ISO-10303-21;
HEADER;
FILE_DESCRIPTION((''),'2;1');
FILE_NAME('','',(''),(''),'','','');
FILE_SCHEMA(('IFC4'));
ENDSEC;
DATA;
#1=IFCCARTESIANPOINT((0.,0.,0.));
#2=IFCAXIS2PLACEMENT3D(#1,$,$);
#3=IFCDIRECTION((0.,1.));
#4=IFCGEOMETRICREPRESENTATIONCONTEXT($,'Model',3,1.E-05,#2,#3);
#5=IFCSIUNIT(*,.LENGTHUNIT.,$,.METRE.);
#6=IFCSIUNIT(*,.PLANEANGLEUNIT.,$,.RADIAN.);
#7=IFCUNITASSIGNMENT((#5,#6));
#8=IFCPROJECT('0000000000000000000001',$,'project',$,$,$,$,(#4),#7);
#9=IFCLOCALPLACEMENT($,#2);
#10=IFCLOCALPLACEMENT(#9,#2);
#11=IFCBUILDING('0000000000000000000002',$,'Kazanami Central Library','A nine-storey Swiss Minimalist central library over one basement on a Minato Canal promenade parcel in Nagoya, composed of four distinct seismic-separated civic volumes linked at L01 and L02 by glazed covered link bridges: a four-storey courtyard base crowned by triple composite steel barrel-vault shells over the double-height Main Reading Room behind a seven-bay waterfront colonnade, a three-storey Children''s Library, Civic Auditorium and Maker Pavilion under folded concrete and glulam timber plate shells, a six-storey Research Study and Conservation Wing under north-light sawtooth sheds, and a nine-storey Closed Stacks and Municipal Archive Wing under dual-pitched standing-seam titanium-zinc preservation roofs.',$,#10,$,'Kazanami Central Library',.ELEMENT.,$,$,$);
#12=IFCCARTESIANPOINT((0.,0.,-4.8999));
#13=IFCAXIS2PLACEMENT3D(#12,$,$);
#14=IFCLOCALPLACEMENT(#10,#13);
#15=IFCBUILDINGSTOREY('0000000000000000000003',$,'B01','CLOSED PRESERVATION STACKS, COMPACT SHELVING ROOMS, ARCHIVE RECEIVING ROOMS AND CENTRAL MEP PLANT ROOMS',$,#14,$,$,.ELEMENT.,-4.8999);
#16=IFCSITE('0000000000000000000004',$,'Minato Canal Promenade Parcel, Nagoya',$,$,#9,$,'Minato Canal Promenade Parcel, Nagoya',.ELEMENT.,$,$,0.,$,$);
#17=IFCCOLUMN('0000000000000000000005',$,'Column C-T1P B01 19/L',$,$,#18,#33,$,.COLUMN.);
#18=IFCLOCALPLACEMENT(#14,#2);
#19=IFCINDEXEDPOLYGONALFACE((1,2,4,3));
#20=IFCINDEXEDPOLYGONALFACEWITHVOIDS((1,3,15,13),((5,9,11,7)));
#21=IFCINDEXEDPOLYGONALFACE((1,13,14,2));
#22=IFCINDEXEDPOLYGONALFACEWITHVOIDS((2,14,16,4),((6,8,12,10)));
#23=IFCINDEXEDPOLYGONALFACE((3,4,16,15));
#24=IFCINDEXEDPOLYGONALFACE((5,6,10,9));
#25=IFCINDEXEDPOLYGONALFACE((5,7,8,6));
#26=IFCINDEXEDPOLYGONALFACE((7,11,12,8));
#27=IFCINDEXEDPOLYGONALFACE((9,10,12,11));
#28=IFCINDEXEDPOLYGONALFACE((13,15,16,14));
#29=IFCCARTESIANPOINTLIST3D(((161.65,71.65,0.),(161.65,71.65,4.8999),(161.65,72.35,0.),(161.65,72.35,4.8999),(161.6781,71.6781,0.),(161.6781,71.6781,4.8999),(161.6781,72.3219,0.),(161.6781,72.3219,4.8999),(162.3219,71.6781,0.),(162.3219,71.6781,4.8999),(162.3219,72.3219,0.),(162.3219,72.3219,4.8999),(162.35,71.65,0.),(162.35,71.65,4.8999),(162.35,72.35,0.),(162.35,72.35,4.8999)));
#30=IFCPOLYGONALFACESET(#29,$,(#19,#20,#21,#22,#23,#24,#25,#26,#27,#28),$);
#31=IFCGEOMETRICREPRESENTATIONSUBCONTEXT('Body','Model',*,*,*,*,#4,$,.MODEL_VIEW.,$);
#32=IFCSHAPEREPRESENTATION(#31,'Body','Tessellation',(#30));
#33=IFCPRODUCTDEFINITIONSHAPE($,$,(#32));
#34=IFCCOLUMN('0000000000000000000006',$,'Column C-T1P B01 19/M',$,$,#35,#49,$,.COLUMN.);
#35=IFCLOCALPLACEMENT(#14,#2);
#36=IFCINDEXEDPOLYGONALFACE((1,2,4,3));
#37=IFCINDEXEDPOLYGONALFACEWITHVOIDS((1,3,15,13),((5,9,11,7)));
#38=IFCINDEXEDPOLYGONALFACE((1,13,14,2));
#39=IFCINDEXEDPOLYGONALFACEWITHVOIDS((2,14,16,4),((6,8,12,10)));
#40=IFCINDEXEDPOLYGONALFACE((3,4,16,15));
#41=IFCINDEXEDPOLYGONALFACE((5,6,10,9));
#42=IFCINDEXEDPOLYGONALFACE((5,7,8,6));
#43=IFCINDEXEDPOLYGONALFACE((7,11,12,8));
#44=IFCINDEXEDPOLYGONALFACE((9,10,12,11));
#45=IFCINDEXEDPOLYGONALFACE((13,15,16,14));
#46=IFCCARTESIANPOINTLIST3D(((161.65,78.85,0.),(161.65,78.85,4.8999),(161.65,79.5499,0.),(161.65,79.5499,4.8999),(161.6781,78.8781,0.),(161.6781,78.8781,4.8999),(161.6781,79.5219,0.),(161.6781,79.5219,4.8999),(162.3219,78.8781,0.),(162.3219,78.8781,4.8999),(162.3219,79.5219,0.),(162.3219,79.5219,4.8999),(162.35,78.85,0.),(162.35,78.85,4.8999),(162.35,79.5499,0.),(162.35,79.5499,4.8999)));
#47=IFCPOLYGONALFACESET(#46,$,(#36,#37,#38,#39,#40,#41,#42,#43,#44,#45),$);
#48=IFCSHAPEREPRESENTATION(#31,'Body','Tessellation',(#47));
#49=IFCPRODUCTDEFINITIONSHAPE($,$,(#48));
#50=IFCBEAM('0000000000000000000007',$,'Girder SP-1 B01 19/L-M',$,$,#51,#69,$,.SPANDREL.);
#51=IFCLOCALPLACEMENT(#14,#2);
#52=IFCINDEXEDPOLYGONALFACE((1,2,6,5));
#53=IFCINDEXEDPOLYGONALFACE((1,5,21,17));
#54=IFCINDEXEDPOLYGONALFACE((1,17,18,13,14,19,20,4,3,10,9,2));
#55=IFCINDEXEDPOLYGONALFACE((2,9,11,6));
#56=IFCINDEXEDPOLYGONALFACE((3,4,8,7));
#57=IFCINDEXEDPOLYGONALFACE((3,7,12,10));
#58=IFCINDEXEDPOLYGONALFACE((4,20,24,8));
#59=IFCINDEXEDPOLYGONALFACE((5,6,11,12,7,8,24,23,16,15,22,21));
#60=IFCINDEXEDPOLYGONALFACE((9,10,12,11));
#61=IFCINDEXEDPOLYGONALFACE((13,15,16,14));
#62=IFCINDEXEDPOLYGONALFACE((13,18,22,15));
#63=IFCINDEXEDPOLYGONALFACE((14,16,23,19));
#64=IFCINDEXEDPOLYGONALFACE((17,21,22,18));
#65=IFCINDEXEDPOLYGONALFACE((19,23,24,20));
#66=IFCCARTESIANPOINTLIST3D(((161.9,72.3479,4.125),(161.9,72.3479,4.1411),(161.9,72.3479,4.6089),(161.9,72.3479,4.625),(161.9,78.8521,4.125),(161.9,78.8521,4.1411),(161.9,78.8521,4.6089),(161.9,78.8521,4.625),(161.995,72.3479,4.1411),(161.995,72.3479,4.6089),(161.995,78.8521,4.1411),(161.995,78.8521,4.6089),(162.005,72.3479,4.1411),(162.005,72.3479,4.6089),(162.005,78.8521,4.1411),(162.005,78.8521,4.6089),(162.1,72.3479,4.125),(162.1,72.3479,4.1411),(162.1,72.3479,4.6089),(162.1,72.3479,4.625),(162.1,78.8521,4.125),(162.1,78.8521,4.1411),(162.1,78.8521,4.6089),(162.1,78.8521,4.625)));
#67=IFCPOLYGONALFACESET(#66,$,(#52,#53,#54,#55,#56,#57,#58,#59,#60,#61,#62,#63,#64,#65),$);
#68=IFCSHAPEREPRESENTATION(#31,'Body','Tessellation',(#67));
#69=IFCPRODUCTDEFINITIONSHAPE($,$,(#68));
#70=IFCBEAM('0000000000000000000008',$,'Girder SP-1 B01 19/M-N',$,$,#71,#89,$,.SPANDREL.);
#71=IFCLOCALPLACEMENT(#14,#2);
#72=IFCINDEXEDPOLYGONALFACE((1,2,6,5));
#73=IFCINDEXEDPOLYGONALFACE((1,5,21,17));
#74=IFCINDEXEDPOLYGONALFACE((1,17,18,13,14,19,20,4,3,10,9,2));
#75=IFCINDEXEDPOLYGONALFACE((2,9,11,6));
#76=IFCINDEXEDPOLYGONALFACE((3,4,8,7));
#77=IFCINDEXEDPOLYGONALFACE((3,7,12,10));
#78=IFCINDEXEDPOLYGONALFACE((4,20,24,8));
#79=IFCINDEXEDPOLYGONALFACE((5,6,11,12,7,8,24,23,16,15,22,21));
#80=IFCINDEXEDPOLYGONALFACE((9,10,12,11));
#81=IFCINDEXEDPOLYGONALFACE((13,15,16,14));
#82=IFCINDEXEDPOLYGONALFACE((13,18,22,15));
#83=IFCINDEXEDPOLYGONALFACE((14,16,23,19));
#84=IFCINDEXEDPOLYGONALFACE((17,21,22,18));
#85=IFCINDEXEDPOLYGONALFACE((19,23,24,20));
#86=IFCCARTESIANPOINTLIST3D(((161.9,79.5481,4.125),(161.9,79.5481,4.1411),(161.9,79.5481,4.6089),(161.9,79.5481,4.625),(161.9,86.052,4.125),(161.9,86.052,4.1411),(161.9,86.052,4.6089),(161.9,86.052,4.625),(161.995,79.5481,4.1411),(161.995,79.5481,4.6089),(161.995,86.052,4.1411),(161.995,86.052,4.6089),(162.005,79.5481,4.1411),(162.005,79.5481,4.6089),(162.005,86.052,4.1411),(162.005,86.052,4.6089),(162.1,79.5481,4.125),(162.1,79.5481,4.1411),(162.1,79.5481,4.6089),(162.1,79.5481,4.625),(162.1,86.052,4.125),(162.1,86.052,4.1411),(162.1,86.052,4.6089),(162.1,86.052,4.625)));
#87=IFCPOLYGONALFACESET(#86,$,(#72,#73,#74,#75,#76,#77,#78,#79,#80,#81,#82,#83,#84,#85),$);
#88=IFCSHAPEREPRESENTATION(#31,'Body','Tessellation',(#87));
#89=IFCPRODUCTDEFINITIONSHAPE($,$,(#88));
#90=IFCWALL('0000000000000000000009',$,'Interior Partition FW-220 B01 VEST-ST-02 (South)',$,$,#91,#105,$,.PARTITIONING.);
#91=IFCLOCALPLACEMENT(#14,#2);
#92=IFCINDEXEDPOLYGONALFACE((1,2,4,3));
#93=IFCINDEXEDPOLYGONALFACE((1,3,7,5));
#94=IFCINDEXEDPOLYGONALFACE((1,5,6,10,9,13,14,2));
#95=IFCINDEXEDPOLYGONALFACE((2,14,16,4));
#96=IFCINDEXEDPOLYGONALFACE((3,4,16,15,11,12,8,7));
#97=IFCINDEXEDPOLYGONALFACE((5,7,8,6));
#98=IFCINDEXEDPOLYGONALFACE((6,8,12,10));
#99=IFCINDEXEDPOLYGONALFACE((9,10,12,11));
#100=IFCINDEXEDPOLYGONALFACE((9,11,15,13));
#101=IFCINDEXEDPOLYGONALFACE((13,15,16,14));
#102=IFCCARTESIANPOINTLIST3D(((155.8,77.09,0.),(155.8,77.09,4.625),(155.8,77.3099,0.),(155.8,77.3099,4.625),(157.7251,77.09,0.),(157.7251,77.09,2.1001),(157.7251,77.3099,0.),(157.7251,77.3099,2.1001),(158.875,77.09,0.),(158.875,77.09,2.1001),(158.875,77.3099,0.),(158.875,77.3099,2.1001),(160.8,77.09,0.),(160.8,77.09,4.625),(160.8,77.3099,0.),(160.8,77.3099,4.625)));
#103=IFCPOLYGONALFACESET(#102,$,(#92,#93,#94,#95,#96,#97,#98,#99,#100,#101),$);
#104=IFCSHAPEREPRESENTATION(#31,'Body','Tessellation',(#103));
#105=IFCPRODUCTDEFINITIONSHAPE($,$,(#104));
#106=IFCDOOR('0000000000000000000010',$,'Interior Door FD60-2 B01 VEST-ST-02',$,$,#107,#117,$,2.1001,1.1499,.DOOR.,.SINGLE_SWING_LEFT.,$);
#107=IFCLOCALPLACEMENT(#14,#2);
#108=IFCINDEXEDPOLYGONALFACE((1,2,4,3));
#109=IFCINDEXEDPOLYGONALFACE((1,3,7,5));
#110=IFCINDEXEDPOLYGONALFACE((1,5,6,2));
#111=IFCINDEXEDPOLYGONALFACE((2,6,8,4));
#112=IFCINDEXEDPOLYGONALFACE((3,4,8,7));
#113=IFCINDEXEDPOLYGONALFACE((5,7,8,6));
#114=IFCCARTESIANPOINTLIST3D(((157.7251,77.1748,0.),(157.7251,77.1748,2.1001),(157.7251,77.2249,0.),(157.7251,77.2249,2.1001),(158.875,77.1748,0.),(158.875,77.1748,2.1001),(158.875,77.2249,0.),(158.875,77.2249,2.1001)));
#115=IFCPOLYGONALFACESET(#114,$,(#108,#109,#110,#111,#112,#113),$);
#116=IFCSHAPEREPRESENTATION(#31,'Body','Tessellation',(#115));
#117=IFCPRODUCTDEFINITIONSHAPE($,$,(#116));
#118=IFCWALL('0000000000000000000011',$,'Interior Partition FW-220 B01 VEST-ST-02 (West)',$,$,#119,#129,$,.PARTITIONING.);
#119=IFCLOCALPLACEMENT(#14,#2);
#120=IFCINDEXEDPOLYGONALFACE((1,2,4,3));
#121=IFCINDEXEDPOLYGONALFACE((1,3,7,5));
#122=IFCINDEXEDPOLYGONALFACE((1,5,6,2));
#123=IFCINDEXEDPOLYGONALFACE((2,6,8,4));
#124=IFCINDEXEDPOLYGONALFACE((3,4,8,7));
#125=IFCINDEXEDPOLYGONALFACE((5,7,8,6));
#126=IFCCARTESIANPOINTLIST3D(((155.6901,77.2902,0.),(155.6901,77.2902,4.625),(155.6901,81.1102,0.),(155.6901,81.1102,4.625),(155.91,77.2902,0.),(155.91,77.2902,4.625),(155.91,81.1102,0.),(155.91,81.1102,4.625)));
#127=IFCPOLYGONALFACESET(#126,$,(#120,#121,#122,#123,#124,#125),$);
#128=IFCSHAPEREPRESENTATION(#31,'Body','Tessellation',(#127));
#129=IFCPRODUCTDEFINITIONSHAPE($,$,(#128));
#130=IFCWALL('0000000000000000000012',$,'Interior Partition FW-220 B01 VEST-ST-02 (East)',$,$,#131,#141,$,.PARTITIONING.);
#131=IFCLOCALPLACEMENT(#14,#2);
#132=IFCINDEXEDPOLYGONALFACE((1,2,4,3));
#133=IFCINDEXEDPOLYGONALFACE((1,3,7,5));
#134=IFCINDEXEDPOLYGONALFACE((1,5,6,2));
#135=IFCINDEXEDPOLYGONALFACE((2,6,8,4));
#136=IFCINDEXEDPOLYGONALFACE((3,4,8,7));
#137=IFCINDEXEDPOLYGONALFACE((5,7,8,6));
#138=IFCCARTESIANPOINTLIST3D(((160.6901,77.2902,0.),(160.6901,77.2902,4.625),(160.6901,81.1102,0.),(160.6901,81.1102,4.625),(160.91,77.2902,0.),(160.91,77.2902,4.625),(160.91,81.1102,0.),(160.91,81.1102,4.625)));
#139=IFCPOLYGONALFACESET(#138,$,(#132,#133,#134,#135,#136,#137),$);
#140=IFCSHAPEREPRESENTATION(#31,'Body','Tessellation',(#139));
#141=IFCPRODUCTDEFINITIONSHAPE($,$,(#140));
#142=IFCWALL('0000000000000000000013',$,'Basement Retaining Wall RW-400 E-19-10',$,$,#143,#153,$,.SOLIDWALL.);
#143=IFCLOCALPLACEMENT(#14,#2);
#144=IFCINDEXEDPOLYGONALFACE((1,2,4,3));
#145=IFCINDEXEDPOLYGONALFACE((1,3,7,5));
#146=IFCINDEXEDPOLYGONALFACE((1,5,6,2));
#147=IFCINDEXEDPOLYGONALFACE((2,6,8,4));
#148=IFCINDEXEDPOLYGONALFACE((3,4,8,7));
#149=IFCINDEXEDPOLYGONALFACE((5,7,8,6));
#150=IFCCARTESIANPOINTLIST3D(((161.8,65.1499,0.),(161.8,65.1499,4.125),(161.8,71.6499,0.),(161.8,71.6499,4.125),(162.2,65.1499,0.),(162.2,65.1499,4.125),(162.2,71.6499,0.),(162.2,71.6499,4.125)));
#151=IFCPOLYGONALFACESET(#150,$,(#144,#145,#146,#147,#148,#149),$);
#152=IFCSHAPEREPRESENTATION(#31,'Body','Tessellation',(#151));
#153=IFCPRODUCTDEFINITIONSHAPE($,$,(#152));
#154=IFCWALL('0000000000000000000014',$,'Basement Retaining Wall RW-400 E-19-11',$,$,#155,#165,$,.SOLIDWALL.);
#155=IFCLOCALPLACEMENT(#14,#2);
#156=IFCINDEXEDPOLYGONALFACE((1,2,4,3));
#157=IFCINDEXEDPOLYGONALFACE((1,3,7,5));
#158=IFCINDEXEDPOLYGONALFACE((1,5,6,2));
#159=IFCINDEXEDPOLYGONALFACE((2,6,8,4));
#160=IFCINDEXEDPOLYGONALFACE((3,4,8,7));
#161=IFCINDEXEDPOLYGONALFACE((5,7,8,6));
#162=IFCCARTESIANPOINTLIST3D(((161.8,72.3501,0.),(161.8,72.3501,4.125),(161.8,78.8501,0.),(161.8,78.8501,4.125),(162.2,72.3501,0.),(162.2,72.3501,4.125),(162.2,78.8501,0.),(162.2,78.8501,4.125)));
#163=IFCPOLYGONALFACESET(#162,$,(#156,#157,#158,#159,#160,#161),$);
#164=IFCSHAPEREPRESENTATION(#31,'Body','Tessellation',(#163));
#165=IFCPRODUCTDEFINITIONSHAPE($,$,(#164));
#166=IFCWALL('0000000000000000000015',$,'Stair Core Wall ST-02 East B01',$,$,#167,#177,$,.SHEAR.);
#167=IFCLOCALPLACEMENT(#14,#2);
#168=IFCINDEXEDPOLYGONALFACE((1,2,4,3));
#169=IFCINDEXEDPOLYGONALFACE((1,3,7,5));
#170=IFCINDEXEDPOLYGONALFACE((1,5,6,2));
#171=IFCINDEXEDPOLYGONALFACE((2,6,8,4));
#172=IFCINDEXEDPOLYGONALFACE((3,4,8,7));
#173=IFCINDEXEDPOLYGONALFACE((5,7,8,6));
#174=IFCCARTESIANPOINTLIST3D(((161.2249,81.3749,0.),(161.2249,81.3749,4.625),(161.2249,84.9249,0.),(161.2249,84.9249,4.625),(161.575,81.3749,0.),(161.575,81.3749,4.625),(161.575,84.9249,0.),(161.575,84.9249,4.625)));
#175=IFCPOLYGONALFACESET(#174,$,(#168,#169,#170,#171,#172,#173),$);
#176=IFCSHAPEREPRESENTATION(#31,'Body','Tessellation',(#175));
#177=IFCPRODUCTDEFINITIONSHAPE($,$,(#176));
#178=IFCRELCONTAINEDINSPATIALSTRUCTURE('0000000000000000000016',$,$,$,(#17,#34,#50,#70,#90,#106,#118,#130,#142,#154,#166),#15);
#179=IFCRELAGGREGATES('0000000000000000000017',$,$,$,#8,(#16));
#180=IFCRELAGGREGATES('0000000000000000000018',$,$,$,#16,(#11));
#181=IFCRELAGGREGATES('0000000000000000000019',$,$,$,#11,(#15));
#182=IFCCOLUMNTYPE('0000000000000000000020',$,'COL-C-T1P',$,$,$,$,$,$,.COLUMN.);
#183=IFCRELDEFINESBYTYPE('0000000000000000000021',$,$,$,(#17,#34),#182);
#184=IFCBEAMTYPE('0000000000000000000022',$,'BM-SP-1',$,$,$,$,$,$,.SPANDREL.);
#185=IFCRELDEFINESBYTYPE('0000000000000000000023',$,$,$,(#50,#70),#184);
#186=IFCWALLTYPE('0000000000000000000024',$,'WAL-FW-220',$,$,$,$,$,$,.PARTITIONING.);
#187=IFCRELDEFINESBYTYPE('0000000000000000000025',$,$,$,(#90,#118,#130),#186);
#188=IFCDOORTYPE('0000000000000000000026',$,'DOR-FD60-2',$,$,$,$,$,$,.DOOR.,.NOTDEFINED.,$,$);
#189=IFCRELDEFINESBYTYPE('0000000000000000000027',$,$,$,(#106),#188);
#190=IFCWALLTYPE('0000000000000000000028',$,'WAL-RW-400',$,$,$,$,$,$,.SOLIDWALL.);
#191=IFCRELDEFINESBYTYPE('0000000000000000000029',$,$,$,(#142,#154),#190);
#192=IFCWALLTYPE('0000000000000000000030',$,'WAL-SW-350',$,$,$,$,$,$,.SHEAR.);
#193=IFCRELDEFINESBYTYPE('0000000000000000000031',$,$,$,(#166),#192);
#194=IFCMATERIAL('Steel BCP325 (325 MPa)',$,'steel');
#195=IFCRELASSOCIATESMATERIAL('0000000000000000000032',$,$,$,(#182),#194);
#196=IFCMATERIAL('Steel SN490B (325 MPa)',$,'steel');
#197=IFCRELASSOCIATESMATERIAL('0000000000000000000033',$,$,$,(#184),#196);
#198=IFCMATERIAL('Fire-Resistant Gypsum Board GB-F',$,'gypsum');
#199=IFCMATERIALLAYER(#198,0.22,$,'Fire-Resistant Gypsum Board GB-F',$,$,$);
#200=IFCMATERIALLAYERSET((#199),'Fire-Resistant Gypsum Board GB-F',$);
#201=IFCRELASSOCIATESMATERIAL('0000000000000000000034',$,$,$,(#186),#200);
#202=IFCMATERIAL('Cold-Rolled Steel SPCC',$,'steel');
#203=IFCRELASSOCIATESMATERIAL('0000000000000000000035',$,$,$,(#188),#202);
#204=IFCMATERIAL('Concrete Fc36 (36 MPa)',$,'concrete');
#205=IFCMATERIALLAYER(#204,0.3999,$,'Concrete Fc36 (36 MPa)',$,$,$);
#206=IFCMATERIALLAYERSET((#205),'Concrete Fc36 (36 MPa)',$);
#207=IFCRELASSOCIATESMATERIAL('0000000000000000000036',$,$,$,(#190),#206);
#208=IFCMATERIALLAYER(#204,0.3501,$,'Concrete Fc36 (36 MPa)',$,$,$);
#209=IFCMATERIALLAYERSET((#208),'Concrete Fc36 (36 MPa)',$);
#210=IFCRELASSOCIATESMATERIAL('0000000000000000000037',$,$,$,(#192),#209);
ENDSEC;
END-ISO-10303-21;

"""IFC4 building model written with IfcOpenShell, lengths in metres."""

from ifc_helpers import new_model, si_unit, direction, frame, frame_2d, origin, origin_2d, place, context, subcontext, project, spatial, rectangle, hollow_rectangle, i_section, extrude, material, layer, layer_set, material_profile, profile_set, type_object, element, fill, save


model = new_model("IFC4")

# Units and contexts
model_context = context("Model", 3, precision=1e-05, world=origin(), true_north=direction((0.0, 1.0)))
body_context = subcontext(model_context, "Body", "Model", "MODEL_VIEW")
ifc_project = project(units=[si_unit("LENGTHUNIT", "METRE"), si_unit("PLANEANGLEUNIT", "RADIAN")], contexts=[model_context])

# Site, building, storey
site_placement = place(None, origin())
site = spatial("IfcSite", under=ifc_project, at=site_placement, Name="Minato Canal Promenade Parcel, Nagoya", LongName="Minato Canal Promenade Parcel, Nagoya", CompositionType="ELEMENT", RefElevation=0.0)
building_placement = place(site_placement, origin())
building = spatial("IfcBuilding", under=site, at=building_placement, Name="Kazanami Central Library", Description="A nine-storey Swiss Minimalist central library over one basement on a Minato Canal promenade parcel in Nagoya, composed of four distinct seismic-separated civic volumes linked at L01 and L02 by glazed covered link bridges: a four-storey courtyard base crowned by triple composite steel barrel-vault shells over the double-height Main Reading Room behind a seven-bay waterfront colonnade, a three-storey Children's Library, Civic Auditorium and Maker Pavilion under folded concrete and glulam timber plate shells, a six-storey Research Study and Conservation Wing under north-light sawtooth sheds, and a nine-storey Closed Stacks and Municipal Archive Wing under dual-pitched standing-seam titanium-zinc preservation roofs.", LongName="Kazanami Central Library", CompositionType="ELEMENT")
storey_placement = place(building_placement, frame((0.0, 0.0, -4.8999)))
storey = spatial("IfcBuildingStorey", under=building, at=storey_placement, Name="B01", Description="CLOSED PRESERVATION STACKS, COMPACT SHELVING ROOMS, ARCHIVE RECEIVING ROOMS AND CENTRAL MEP PLANT ROOMS", CompositionType="ELEMENT", Elevation=-4.8999)

# Shared definitions
ifc_material_1 = material(Name="Concrete Fc36 (36 MPa)", Category="concrete")

# Columns
ifc_material_2 = material(Name="Steel BCP325 (325 MPa)", Category="steel")
ifc_material_profile_1 = material_profile(ifc_material_2, hollow_rectangle(XDim=0.7, YDim=0.7, WallThickness=0.0281, at=origin_2d()), Name="BCP-700x700x28")
ifc_profile_set_1 = profile_set([ifc_material_profile_1], Name="Steel BCP325 (325 MPa)")
column_type = type_object("IfcColumnType", Name="COL-C-T1P", PredefinedType="COLUMN", material=ifc_profile_set_1)
for number, where, z_axis, x_axis, name in (
    (1, (162.0, 72.0, 0.0), (0.0, 0.0, 1.0), (1.0, 0.0, 0.0), "Column C-T1P B01 19/L"),
    (2, (162.0, 79.2, 0.0), (0.0, 0.0, 1.0), (1.0, 0.0, 0.0), "Column C-T1P B01 19/M"),
):
    element("IfcColumn", number, at=place(storey_placement, frame(where, z_axis=z_axis, x_axis=x_axis)), inside=storey, type_object=column_type, Name=name, PredefinedType="COLUMN", context=body_context, shape_type="SweptSolid", body=[
        extrude(hollow_rectangle(XDim=0.7, YDim=0.7, WallThickness=0.0281, at=origin_2d()), origin(), (0.0, 0.0, 1.0), 4.8999),
    ])

# Beams
ifc_material_3 = material(Name="Steel SN490B (325 MPa)", Category="steel")
ifc_material_profile_2 = material_profile(ifc_material_3, i_section(OverallWidth=0.2, OverallDepth=0.5, WebThickness=0.01, FlangeThickness=0.0161, at=origin_2d()), Name="H-500x200x10x16")
ifc_profile_set_2 = profile_set([ifc_material_profile_2], Name="Steel SN490B (325 MPa)")
beam_type = type_object("IfcBeamType", Name="BM-SP-1", PredefinedType="SPANDREL", material=ifc_profile_set_2)
beam_1_placement = place(storey_placement, frame((162.0, 72.3479, 4.375), z_axis=(0.0, 1.0, 0.0), x_axis=(-1.0, 0.0, 0.0)))
element("IfcBeam", 3, at=beam_1_placement, inside=storey, type_object=beam_type, Name="Girder SP-1 B01 19/L-M", PredefinedType="SPANDREL", context=body_context, shape_type="SweptSolid", body=[
    extrude(i_section(OverallWidth=0.2, OverallDepth=0.5, WebThickness=0.01, FlangeThickness=0.0161, at=origin_2d()), origin(), (0.0, 0.0, 1.0), 6.5042),
])
beam_2_placement = place(storey_placement, frame((162.0, 79.5481, 4.375), z_axis=(0.0, 1.0, 0.0), x_axis=(-1.0, 0.0, 0.0)))
element("IfcBeam", 4, at=beam_2_placement, inside=storey, type_object=beam_type, Name="Girder SP-1 B01 19/M-N", PredefinedType="SPANDREL", context=body_context, shape_type="SweptSolid", body=[
    extrude(i_section(OverallWidth=0.2, OverallDepth=0.5, WebThickness=0.01, FlangeThickness=0.0161, at=origin_2d()), origin(), (0.0, 0.0, 1.0), 6.5039),
])

# Wall, opening, door
ifc_material_4 = material(Name="Fire-Resistant Gypsum Board GB-F", Category="gypsum")
ifc_layer_1 = layer(ifc_material_4, 0.22, Name="Fire-Resistant Gypsum Board GB-F")
ifc_layer_set_1 = layer_set([ifc_layer_1], Name="Fire-Resistant Gypsum Board GB-F")
wall_type_1 = type_object("IfcWallType", Name="WAL-FW-220", PredefinedType="PARTITIONING", material=ifc_layer_set_1)
wall_1_placement = place(storey_placement, frame((155.8, 77.2, 0.0), z_axis=(0.0, 0.0, 1.0), x_axis=(1.0, 0.0, 0.0)))
wall_1 = element("IfcWall", 5, at=wall_1_placement, inside=storey, type_object=wall_type_1, Name="Interior Partition FW-220 B01 VEST-ST-02 (South)", PredefinedType="PARTITIONING", context=body_context, shape_type="SweptSolid", body=[
    extrude(rectangle(XDim=5.0, YDim=0.22, at=frame_2d((2.5, 0.0))), origin(), (0.0, 0.0, 1.0), 4.625),
])
opening_placement = place(wall_1_placement, frame((1.925, 0.0, 0.0)))
opening = element("IfcOpeningElement", 6, at=opening_placement, cuts=wall_1, PredefinedType="OPENING", context=body_context, shape_type="SweptSolid", body=[
    extrude(rectangle(XDim=1.1499, YDim=2.1001, at=frame_2d((0.575, 1.05))), frame((0.0, 0.1221, 0.0), z_axis=(0.0, -1.0, 0.0), x_axis=(1.0, 0.0, 0.0)), (0.0, 0.0, 1.0), 0.2439),
])
ifc_material_5 = material(Name="Cold-Rolled Steel SPCC", Category="steel")
door_type = type_object("IfcDoorType", Name="DOR-FD60-2", OperationType="NOTDEFINED", PredefinedType="DOOR", material=ifc_material_5)
door_placement = place(opening_placement, origin())
door = element("IfcDoor", 7, at=door_placement, inside=storey, type_object=door_type, Name="Interior Door FD60-2 B01 VEST-ST-02", OperationType="SINGLE_SWING_LEFT", OverallHeight=2.1001, OverallWidth=1.1499, PredefinedType="DOOR", context=body_context, shape_type="SweptSolid", body=[
    extrude(rectangle(XDim=1.1499, YDim=2.1001, at=frame_2d((0.575, 1.05))), frame((0.0, 0.0249, 0.0), z_axis=(0.0, -1.0, 0.0), x_axis=(1.0, 0.0, 0.0)), (0.0, 0.0, 1.0), 0.05),
])
fill(opening, door)

# Walls
for number, where, z_axis, x_axis, name in (
    (8, (155.8, 77.29, 0.0), (0.0, 0.0, 1.0), (0.0, 1.0, 0.0), "Interior Partition FW-220 B01 VEST-ST-02 (West)"),
    (9, (160.8, 77.29, 0.0), (0.0, 0.0, 1.0), (0.0, 1.0, 0.0), "Interior Partition FW-220 B01 VEST-ST-02 (East)"),
):
    element("IfcWall", number, at=place(storey_placement, frame(where, z_axis=z_axis, x_axis=x_axis)), inside=storey, type_object=wall_type_1, Name=name, PredefinedType="PARTITIONING", context=body_context, shape_type="SweptSolid", body=[
        extrude(rectangle(XDim=3.8201, YDim=0.22, at=frame_2d((1.9102, 0.0))), origin(), (0.0, 0.0, 1.0), 4.625),
    ])
ifc_layer_2 = layer(ifc_material_1, 0.3999, Name="Concrete Fc36 (36 MPa)")
ifc_layer_set_2 = layer_set([ifc_layer_2], Name="Concrete Fc36 (36 MPa)")
wall_type_2 = type_object("IfcWallType", Name="WAL-RW-400", PredefinedType="SOLIDWALL", material=ifc_layer_set_2)
for number, where, z_axis, x_axis, name in (
    (10, (162.0, 71.6499, 0.0), (0.0, 0.0, 1.0), (0.0, -1.0, 0.0), "Basement Retaining Wall RW-400 E-19-10"),
    (11, (162.0, 78.8501, 0.0), (0.0, 0.0, 1.0), (0.0, -1.0, 0.0), "Basement Retaining Wall RW-400 E-19-11"),
):
    element("IfcWall", number, at=place(storey_placement, frame(where, z_axis=z_axis, x_axis=x_axis)), inside=storey, type_object=wall_type_2, Name=name, PredefinedType="SOLIDWALL", context=body_context, shape_type="SweptSolid", body=[
        extrude(rectangle(XDim=6.5, YDim=0.3999, at=frame_2d((3.25, 0.0))), origin(), (0.0, 0.0, 1.0), 4.125),
    ])
ifc_layer_3 = layer(ifc_material_1, 0.3501, Name="Concrete Fc36 (36 MPa)")
ifc_layer_set_3 = layer_set([ifc_layer_3], Name="Concrete Fc36 (36 MPa)")
wall_type_3 = type_object("IfcWallType", Name="WAL-SW-350", PredefinedType="SHEAR", material=ifc_layer_set_3)
wall_2_placement = place(storey_placement, frame((161.3999, 81.375, 0.0), z_axis=(0.0, 0.0, 1.0), x_axis=(0.0, 1.0, 0.0)))
element("IfcWall", 12, at=wall_2_placement, inside=storey, type_object=wall_type_3, Name="Stair Core Wall ST-02 East B01", PredefinedType="SHEAR", context=body_context, shape_type="SweptSolid", body=[
    extrude(rectangle(XDim=3.55, YDim=0.3501, at=frame_2d((1.7749, 0.0))), origin(), (0.0, 0.0, 1.0), 4.625),
])

save(model, "model.ifc")
